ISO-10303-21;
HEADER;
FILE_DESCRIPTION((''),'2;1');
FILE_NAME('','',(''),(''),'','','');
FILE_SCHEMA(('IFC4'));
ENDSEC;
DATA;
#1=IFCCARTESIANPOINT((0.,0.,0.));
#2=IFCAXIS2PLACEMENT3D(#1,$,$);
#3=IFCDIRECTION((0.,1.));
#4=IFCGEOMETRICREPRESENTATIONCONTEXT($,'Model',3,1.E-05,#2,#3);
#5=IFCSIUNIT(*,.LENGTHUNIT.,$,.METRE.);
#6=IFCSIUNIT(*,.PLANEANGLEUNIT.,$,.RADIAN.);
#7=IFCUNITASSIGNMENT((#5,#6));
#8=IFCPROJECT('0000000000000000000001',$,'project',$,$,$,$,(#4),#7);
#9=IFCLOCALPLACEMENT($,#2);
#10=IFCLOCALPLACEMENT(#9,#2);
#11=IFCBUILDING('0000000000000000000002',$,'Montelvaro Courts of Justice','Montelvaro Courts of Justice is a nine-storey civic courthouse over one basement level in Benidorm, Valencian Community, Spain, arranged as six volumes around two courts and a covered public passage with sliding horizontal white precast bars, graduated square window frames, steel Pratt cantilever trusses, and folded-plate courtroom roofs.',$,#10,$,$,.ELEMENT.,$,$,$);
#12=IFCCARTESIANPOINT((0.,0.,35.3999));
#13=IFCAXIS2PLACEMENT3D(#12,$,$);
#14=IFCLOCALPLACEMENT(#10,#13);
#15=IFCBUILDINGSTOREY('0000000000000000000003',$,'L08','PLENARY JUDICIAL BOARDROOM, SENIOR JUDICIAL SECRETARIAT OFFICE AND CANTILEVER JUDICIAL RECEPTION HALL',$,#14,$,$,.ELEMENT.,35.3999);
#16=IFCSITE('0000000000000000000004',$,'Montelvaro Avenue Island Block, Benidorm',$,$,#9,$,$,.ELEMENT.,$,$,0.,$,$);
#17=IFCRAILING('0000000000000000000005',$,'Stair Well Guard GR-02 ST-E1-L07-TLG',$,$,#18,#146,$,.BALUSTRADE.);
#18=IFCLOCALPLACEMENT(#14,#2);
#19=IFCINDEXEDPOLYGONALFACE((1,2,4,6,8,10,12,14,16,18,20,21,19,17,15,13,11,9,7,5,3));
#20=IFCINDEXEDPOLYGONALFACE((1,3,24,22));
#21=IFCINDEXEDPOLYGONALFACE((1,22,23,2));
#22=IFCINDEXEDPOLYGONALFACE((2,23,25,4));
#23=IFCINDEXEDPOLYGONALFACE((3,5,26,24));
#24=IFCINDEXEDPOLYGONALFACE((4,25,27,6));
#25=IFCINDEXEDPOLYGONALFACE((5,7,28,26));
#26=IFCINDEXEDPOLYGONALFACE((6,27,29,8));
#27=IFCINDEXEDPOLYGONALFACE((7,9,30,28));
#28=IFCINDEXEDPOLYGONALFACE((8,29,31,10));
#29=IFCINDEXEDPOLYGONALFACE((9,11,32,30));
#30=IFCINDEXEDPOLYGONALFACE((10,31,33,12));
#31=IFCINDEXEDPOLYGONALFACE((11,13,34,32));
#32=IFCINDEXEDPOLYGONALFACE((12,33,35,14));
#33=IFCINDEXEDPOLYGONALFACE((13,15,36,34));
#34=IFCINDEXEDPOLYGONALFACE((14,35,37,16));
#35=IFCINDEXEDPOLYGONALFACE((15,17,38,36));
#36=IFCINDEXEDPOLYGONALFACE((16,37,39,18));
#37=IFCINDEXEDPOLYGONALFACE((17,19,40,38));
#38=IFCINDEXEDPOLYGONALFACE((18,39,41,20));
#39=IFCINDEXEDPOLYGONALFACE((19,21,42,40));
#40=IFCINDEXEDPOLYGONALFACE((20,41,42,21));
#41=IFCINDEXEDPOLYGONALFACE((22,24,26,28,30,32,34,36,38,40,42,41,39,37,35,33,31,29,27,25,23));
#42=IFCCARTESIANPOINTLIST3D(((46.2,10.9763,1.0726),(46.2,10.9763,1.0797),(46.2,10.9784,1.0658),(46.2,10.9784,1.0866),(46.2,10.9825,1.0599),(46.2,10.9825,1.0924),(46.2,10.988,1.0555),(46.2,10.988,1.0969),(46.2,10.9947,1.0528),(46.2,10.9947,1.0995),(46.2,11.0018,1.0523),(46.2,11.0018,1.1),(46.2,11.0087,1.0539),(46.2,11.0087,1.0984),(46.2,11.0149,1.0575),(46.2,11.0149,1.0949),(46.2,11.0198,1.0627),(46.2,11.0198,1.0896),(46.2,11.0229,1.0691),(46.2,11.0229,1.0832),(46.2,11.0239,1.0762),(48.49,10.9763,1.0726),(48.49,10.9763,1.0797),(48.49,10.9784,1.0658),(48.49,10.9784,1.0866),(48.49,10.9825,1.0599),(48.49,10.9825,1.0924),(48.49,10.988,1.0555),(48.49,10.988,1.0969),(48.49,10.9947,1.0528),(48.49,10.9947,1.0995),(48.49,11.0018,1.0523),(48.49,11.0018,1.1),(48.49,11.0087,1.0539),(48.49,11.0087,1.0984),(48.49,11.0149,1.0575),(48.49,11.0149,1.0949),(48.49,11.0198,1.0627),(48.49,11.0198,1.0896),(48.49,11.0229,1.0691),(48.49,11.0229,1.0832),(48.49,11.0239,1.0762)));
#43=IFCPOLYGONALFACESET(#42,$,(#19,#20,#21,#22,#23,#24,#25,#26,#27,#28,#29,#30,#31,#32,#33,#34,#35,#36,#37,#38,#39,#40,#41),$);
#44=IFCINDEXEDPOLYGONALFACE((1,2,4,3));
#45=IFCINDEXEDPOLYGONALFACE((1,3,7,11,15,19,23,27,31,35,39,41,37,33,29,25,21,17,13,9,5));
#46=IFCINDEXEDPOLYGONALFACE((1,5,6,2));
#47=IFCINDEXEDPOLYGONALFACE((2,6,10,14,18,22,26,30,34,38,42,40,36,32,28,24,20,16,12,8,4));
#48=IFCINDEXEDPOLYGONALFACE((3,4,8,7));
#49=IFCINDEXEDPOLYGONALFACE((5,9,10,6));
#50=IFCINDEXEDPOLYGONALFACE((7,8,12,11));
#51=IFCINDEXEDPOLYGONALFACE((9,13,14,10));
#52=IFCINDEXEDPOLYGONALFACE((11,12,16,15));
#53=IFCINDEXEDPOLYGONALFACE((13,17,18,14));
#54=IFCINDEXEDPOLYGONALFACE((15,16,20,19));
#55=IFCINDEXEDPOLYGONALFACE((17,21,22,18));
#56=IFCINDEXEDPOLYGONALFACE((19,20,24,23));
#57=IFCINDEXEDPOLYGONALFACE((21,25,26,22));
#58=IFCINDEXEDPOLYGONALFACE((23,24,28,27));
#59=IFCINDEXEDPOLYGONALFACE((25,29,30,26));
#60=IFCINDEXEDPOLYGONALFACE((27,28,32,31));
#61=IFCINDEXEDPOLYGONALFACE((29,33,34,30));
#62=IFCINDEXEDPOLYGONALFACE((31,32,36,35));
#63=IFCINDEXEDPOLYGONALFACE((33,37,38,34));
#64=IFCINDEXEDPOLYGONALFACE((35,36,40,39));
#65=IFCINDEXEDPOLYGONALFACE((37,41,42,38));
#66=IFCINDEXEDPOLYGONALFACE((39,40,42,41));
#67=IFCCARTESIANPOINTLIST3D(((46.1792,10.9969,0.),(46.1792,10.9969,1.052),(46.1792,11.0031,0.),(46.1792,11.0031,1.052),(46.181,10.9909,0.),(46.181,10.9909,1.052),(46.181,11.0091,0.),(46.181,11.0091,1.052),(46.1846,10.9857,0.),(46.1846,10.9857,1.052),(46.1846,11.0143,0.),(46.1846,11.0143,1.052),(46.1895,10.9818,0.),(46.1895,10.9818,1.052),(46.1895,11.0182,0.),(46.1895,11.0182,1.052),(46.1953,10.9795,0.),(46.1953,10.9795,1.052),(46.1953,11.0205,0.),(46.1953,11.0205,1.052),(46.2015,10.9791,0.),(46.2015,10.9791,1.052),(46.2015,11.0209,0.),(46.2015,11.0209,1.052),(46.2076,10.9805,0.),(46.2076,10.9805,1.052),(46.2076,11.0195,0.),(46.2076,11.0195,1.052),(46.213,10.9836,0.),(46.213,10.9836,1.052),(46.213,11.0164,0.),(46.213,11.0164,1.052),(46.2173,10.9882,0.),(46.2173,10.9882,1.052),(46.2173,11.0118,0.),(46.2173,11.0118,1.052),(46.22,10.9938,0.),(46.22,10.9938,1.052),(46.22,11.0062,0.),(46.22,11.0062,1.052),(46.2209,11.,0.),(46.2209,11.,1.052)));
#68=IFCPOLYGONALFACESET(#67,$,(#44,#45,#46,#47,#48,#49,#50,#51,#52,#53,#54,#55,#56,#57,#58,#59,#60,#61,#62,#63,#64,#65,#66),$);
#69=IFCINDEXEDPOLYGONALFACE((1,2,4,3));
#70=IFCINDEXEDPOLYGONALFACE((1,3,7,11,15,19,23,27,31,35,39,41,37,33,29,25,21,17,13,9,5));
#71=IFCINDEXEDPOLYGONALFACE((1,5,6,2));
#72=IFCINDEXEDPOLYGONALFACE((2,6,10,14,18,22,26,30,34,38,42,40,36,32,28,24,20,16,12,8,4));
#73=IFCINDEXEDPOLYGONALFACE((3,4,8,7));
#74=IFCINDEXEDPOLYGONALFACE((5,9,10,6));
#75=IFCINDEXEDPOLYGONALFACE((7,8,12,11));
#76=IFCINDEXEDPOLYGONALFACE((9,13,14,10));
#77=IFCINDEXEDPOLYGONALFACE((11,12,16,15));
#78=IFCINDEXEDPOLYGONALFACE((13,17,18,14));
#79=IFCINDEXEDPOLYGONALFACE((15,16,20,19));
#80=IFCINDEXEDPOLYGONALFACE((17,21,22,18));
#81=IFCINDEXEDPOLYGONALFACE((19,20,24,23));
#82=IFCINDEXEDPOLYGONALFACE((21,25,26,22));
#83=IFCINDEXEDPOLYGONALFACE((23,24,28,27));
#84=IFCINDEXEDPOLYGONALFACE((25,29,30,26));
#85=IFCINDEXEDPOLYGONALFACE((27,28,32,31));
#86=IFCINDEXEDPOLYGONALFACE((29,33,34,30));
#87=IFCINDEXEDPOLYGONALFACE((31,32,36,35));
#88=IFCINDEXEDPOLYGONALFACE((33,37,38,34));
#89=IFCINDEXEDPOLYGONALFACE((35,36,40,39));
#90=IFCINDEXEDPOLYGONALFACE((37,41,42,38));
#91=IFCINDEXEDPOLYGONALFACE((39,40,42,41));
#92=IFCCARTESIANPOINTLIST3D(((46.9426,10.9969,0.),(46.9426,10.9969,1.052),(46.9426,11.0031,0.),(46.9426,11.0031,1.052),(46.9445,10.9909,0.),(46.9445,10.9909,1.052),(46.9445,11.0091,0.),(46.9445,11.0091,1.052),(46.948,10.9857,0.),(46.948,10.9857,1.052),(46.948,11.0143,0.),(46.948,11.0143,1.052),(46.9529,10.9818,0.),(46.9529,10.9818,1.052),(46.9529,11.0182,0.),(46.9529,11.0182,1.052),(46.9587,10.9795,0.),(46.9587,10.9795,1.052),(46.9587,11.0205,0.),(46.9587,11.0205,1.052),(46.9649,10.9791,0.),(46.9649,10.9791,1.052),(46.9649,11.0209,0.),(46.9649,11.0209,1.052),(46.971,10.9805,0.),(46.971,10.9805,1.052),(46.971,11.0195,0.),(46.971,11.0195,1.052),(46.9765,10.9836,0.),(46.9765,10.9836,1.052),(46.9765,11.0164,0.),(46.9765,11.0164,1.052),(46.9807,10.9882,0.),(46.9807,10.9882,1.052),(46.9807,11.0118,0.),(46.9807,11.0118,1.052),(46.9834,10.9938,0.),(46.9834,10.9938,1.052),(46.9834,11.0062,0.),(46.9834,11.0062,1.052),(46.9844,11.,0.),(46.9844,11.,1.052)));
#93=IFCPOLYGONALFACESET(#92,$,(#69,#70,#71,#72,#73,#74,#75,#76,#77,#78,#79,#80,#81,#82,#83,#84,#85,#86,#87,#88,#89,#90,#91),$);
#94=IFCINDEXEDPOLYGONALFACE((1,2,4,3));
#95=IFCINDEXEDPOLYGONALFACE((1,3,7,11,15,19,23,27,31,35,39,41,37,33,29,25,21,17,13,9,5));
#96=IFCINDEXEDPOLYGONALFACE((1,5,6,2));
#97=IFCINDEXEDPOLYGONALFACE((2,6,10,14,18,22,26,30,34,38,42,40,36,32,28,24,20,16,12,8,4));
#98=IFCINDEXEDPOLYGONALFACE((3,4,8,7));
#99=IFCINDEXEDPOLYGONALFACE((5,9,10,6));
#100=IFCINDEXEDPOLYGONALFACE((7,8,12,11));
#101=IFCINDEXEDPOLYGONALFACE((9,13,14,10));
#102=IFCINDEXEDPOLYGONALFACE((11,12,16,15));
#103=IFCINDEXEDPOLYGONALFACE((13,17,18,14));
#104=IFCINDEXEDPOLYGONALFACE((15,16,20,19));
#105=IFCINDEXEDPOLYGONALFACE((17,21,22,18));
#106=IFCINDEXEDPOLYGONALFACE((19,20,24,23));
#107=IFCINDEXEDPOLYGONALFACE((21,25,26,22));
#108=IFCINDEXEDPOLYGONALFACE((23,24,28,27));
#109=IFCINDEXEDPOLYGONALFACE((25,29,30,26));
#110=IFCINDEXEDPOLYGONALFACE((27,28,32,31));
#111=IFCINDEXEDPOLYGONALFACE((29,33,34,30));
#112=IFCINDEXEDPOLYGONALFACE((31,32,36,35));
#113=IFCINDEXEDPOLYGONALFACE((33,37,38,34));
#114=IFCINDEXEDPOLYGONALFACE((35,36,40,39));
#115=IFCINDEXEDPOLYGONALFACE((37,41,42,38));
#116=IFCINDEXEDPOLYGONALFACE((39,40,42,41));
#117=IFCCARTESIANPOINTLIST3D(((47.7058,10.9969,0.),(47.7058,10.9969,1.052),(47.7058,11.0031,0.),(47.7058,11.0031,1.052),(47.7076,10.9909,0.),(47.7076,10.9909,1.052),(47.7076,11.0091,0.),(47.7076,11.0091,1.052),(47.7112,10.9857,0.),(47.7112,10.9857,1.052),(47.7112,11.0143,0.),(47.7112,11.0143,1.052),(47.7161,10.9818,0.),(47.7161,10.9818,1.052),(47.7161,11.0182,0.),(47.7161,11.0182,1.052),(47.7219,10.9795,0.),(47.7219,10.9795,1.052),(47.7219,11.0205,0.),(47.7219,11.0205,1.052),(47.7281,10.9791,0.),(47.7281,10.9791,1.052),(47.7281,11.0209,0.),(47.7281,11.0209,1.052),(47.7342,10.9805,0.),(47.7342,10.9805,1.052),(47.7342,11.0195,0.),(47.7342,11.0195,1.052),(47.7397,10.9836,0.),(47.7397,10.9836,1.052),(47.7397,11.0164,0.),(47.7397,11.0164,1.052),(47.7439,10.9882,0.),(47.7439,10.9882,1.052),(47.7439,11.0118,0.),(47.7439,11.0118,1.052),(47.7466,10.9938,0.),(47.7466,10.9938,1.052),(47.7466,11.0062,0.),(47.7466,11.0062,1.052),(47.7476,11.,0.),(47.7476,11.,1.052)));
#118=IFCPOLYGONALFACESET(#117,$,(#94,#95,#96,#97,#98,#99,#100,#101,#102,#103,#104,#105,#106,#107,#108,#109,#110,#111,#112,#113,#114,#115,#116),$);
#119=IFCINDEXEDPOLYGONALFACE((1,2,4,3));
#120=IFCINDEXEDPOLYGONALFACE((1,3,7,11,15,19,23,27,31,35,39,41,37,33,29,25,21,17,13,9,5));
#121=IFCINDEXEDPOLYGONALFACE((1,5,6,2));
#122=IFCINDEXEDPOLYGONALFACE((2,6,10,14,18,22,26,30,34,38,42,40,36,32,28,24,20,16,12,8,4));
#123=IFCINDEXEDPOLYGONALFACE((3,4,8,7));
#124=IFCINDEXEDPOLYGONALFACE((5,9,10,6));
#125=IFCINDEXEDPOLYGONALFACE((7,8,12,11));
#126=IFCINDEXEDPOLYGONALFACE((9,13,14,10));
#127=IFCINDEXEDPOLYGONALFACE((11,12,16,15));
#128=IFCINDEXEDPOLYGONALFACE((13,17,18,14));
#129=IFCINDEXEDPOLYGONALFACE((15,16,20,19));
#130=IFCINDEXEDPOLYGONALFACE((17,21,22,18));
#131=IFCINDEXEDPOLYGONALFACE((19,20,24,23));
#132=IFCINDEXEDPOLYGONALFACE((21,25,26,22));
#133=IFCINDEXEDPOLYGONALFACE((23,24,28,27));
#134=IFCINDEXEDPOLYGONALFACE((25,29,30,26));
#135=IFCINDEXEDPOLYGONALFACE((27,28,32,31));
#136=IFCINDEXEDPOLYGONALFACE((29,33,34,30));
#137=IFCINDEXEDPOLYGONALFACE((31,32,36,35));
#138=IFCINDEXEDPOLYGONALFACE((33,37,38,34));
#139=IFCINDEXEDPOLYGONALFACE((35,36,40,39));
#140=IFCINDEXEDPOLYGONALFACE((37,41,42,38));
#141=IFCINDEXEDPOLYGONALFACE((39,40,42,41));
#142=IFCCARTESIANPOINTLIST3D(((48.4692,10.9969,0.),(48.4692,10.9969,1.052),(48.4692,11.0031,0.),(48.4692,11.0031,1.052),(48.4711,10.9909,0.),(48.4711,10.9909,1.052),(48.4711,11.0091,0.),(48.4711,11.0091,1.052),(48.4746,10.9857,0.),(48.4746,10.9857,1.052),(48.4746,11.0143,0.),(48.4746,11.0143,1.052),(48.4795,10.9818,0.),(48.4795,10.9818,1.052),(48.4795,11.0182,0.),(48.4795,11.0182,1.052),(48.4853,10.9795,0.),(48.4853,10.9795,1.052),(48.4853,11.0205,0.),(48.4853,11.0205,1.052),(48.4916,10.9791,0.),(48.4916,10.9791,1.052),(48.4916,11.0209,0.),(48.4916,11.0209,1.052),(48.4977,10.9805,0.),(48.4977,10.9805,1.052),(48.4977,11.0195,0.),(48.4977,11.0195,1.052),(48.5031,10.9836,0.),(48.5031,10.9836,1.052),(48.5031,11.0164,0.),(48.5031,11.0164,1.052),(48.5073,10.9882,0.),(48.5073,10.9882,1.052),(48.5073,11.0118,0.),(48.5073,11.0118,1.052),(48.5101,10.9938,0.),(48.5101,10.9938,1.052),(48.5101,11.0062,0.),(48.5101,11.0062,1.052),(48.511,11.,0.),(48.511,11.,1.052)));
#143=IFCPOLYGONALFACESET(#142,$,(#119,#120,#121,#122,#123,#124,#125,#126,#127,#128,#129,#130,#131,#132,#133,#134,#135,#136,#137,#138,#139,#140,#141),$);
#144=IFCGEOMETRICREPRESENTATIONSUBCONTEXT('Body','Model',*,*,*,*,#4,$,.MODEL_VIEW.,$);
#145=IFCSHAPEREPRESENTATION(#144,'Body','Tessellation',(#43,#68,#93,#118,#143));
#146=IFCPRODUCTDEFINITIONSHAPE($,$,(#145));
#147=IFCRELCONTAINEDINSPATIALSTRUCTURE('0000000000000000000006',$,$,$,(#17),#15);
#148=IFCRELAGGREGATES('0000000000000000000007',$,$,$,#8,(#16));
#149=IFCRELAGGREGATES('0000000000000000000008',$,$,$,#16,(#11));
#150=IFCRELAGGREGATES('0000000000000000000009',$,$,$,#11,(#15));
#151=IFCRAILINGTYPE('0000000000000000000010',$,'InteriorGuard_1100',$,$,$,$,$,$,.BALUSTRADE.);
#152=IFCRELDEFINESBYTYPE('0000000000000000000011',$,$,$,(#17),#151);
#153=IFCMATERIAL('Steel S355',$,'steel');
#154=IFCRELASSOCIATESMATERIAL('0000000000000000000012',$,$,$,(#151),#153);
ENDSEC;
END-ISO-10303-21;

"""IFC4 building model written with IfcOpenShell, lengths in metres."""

from ifc_helpers import new_model, si_unit, direction, frame, origin, origin_2d, place, context, subcontext, project, spatial, circle, extrude, material, type_object, element, save


model = new_model("IFC4")

# Units and contexts
model_context = context("Model", 3, precision=1e-05, world=origin(), true_north=direction((0.0, 1.0)))
body_context = subcontext(model_context, "Body", "Model", "MODEL_VIEW")
ifc_project = project(units=[si_unit("LENGTHUNIT", "METRE"), si_unit("PLANEANGLEUNIT", "RADIAN")], contexts=[model_context])

# Site, building, storey
site_placement = place(None, origin())
site = spatial("IfcSite", under=ifc_project, at=site_placement, Name="Montelvaro Avenue Island Block, Benidorm", CompositionType="ELEMENT", RefElevation=0.0)
building_placement = place(site_placement, origin())
building = spatial("IfcBuilding", under=site, at=building_placement, Name="Montelvaro Courts of Justice", Description="Montelvaro Courts of Justice is a nine-storey civic courthouse over one basement level in Benidorm, Valencian Community, Spain, arranged as six volumes around two courts and a covered public passage with sliding horizontal white precast bars, graduated square window frames, steel Pratt cantilever trusses, and folded-plate courtroom roofs.", CompositionType="ELEMENT")
storey_placement = place(building_placement, frame((0.0, 0.0, 35.3999)))
storey = spatial("IfcBuildingStorey", under=building, at=storey_placement, Name="L08", Description="PLENARY JUDICIAL BOARDROOM, SENIOR JUDICIAL SECRETARIAT OFFICE AND CANTILEVER JUDICIAL RECEPTION HALL", CompositionType="ELEMENT", Elevation=35.3999)

# Shared definitions
ifc_material_1 = material(Name="Steel S355", Category="steel")

# Railing
railing_type = type_object("IfcRailingType", Name="InteriorGuard_1100", PredefinedType="BALUSTRADE", material=ifc_material_1)
railing_placement = place(storey_placement, frame((46.2, 11.0, 0.0)))
element("IfcRailing", 1, at=railing_placement, inside=storey, type_object=railing_type, Name="Stair Well Guard GR-02 ST-E1-L07-TLG", PredefinedType="BALUSTRADE", context=body_context, shape_type="SweptSolid", body=[
    extrude(circle(Radius=0.0239, at=origin_2d()), frame((0.0, 0.0, 1.0762), z_axis=(1.0, 0.0, 0.0), x_axis=(0.0, 1.0, 0.0)), (0.0, 0.0, 1.0), 2.29),
    extrude(circle(Radius=0.021, at=origin_2d()), origin(), (0.0, 0.0, 1.0), 1.052),
    extrude(circle(Radius=0.021, at=origin_2d()), frame((0.7634, 0.0, 0.0)), (0.0, 0.0, 1.0), 1.052),
    extrude(circle(Radius=0.021, at=origin_2d()), frame((1.5266, 0.0, 0.0)), (0.0, 0.0, 1.0), 1.052),
    extrude(circle(Radius=0.021, at=origin_2d()), frame((2.29, 0.0, 0.0)), (0.0, 0.0, 1.0), 1.052),
])

save(model, "model.ifc")
